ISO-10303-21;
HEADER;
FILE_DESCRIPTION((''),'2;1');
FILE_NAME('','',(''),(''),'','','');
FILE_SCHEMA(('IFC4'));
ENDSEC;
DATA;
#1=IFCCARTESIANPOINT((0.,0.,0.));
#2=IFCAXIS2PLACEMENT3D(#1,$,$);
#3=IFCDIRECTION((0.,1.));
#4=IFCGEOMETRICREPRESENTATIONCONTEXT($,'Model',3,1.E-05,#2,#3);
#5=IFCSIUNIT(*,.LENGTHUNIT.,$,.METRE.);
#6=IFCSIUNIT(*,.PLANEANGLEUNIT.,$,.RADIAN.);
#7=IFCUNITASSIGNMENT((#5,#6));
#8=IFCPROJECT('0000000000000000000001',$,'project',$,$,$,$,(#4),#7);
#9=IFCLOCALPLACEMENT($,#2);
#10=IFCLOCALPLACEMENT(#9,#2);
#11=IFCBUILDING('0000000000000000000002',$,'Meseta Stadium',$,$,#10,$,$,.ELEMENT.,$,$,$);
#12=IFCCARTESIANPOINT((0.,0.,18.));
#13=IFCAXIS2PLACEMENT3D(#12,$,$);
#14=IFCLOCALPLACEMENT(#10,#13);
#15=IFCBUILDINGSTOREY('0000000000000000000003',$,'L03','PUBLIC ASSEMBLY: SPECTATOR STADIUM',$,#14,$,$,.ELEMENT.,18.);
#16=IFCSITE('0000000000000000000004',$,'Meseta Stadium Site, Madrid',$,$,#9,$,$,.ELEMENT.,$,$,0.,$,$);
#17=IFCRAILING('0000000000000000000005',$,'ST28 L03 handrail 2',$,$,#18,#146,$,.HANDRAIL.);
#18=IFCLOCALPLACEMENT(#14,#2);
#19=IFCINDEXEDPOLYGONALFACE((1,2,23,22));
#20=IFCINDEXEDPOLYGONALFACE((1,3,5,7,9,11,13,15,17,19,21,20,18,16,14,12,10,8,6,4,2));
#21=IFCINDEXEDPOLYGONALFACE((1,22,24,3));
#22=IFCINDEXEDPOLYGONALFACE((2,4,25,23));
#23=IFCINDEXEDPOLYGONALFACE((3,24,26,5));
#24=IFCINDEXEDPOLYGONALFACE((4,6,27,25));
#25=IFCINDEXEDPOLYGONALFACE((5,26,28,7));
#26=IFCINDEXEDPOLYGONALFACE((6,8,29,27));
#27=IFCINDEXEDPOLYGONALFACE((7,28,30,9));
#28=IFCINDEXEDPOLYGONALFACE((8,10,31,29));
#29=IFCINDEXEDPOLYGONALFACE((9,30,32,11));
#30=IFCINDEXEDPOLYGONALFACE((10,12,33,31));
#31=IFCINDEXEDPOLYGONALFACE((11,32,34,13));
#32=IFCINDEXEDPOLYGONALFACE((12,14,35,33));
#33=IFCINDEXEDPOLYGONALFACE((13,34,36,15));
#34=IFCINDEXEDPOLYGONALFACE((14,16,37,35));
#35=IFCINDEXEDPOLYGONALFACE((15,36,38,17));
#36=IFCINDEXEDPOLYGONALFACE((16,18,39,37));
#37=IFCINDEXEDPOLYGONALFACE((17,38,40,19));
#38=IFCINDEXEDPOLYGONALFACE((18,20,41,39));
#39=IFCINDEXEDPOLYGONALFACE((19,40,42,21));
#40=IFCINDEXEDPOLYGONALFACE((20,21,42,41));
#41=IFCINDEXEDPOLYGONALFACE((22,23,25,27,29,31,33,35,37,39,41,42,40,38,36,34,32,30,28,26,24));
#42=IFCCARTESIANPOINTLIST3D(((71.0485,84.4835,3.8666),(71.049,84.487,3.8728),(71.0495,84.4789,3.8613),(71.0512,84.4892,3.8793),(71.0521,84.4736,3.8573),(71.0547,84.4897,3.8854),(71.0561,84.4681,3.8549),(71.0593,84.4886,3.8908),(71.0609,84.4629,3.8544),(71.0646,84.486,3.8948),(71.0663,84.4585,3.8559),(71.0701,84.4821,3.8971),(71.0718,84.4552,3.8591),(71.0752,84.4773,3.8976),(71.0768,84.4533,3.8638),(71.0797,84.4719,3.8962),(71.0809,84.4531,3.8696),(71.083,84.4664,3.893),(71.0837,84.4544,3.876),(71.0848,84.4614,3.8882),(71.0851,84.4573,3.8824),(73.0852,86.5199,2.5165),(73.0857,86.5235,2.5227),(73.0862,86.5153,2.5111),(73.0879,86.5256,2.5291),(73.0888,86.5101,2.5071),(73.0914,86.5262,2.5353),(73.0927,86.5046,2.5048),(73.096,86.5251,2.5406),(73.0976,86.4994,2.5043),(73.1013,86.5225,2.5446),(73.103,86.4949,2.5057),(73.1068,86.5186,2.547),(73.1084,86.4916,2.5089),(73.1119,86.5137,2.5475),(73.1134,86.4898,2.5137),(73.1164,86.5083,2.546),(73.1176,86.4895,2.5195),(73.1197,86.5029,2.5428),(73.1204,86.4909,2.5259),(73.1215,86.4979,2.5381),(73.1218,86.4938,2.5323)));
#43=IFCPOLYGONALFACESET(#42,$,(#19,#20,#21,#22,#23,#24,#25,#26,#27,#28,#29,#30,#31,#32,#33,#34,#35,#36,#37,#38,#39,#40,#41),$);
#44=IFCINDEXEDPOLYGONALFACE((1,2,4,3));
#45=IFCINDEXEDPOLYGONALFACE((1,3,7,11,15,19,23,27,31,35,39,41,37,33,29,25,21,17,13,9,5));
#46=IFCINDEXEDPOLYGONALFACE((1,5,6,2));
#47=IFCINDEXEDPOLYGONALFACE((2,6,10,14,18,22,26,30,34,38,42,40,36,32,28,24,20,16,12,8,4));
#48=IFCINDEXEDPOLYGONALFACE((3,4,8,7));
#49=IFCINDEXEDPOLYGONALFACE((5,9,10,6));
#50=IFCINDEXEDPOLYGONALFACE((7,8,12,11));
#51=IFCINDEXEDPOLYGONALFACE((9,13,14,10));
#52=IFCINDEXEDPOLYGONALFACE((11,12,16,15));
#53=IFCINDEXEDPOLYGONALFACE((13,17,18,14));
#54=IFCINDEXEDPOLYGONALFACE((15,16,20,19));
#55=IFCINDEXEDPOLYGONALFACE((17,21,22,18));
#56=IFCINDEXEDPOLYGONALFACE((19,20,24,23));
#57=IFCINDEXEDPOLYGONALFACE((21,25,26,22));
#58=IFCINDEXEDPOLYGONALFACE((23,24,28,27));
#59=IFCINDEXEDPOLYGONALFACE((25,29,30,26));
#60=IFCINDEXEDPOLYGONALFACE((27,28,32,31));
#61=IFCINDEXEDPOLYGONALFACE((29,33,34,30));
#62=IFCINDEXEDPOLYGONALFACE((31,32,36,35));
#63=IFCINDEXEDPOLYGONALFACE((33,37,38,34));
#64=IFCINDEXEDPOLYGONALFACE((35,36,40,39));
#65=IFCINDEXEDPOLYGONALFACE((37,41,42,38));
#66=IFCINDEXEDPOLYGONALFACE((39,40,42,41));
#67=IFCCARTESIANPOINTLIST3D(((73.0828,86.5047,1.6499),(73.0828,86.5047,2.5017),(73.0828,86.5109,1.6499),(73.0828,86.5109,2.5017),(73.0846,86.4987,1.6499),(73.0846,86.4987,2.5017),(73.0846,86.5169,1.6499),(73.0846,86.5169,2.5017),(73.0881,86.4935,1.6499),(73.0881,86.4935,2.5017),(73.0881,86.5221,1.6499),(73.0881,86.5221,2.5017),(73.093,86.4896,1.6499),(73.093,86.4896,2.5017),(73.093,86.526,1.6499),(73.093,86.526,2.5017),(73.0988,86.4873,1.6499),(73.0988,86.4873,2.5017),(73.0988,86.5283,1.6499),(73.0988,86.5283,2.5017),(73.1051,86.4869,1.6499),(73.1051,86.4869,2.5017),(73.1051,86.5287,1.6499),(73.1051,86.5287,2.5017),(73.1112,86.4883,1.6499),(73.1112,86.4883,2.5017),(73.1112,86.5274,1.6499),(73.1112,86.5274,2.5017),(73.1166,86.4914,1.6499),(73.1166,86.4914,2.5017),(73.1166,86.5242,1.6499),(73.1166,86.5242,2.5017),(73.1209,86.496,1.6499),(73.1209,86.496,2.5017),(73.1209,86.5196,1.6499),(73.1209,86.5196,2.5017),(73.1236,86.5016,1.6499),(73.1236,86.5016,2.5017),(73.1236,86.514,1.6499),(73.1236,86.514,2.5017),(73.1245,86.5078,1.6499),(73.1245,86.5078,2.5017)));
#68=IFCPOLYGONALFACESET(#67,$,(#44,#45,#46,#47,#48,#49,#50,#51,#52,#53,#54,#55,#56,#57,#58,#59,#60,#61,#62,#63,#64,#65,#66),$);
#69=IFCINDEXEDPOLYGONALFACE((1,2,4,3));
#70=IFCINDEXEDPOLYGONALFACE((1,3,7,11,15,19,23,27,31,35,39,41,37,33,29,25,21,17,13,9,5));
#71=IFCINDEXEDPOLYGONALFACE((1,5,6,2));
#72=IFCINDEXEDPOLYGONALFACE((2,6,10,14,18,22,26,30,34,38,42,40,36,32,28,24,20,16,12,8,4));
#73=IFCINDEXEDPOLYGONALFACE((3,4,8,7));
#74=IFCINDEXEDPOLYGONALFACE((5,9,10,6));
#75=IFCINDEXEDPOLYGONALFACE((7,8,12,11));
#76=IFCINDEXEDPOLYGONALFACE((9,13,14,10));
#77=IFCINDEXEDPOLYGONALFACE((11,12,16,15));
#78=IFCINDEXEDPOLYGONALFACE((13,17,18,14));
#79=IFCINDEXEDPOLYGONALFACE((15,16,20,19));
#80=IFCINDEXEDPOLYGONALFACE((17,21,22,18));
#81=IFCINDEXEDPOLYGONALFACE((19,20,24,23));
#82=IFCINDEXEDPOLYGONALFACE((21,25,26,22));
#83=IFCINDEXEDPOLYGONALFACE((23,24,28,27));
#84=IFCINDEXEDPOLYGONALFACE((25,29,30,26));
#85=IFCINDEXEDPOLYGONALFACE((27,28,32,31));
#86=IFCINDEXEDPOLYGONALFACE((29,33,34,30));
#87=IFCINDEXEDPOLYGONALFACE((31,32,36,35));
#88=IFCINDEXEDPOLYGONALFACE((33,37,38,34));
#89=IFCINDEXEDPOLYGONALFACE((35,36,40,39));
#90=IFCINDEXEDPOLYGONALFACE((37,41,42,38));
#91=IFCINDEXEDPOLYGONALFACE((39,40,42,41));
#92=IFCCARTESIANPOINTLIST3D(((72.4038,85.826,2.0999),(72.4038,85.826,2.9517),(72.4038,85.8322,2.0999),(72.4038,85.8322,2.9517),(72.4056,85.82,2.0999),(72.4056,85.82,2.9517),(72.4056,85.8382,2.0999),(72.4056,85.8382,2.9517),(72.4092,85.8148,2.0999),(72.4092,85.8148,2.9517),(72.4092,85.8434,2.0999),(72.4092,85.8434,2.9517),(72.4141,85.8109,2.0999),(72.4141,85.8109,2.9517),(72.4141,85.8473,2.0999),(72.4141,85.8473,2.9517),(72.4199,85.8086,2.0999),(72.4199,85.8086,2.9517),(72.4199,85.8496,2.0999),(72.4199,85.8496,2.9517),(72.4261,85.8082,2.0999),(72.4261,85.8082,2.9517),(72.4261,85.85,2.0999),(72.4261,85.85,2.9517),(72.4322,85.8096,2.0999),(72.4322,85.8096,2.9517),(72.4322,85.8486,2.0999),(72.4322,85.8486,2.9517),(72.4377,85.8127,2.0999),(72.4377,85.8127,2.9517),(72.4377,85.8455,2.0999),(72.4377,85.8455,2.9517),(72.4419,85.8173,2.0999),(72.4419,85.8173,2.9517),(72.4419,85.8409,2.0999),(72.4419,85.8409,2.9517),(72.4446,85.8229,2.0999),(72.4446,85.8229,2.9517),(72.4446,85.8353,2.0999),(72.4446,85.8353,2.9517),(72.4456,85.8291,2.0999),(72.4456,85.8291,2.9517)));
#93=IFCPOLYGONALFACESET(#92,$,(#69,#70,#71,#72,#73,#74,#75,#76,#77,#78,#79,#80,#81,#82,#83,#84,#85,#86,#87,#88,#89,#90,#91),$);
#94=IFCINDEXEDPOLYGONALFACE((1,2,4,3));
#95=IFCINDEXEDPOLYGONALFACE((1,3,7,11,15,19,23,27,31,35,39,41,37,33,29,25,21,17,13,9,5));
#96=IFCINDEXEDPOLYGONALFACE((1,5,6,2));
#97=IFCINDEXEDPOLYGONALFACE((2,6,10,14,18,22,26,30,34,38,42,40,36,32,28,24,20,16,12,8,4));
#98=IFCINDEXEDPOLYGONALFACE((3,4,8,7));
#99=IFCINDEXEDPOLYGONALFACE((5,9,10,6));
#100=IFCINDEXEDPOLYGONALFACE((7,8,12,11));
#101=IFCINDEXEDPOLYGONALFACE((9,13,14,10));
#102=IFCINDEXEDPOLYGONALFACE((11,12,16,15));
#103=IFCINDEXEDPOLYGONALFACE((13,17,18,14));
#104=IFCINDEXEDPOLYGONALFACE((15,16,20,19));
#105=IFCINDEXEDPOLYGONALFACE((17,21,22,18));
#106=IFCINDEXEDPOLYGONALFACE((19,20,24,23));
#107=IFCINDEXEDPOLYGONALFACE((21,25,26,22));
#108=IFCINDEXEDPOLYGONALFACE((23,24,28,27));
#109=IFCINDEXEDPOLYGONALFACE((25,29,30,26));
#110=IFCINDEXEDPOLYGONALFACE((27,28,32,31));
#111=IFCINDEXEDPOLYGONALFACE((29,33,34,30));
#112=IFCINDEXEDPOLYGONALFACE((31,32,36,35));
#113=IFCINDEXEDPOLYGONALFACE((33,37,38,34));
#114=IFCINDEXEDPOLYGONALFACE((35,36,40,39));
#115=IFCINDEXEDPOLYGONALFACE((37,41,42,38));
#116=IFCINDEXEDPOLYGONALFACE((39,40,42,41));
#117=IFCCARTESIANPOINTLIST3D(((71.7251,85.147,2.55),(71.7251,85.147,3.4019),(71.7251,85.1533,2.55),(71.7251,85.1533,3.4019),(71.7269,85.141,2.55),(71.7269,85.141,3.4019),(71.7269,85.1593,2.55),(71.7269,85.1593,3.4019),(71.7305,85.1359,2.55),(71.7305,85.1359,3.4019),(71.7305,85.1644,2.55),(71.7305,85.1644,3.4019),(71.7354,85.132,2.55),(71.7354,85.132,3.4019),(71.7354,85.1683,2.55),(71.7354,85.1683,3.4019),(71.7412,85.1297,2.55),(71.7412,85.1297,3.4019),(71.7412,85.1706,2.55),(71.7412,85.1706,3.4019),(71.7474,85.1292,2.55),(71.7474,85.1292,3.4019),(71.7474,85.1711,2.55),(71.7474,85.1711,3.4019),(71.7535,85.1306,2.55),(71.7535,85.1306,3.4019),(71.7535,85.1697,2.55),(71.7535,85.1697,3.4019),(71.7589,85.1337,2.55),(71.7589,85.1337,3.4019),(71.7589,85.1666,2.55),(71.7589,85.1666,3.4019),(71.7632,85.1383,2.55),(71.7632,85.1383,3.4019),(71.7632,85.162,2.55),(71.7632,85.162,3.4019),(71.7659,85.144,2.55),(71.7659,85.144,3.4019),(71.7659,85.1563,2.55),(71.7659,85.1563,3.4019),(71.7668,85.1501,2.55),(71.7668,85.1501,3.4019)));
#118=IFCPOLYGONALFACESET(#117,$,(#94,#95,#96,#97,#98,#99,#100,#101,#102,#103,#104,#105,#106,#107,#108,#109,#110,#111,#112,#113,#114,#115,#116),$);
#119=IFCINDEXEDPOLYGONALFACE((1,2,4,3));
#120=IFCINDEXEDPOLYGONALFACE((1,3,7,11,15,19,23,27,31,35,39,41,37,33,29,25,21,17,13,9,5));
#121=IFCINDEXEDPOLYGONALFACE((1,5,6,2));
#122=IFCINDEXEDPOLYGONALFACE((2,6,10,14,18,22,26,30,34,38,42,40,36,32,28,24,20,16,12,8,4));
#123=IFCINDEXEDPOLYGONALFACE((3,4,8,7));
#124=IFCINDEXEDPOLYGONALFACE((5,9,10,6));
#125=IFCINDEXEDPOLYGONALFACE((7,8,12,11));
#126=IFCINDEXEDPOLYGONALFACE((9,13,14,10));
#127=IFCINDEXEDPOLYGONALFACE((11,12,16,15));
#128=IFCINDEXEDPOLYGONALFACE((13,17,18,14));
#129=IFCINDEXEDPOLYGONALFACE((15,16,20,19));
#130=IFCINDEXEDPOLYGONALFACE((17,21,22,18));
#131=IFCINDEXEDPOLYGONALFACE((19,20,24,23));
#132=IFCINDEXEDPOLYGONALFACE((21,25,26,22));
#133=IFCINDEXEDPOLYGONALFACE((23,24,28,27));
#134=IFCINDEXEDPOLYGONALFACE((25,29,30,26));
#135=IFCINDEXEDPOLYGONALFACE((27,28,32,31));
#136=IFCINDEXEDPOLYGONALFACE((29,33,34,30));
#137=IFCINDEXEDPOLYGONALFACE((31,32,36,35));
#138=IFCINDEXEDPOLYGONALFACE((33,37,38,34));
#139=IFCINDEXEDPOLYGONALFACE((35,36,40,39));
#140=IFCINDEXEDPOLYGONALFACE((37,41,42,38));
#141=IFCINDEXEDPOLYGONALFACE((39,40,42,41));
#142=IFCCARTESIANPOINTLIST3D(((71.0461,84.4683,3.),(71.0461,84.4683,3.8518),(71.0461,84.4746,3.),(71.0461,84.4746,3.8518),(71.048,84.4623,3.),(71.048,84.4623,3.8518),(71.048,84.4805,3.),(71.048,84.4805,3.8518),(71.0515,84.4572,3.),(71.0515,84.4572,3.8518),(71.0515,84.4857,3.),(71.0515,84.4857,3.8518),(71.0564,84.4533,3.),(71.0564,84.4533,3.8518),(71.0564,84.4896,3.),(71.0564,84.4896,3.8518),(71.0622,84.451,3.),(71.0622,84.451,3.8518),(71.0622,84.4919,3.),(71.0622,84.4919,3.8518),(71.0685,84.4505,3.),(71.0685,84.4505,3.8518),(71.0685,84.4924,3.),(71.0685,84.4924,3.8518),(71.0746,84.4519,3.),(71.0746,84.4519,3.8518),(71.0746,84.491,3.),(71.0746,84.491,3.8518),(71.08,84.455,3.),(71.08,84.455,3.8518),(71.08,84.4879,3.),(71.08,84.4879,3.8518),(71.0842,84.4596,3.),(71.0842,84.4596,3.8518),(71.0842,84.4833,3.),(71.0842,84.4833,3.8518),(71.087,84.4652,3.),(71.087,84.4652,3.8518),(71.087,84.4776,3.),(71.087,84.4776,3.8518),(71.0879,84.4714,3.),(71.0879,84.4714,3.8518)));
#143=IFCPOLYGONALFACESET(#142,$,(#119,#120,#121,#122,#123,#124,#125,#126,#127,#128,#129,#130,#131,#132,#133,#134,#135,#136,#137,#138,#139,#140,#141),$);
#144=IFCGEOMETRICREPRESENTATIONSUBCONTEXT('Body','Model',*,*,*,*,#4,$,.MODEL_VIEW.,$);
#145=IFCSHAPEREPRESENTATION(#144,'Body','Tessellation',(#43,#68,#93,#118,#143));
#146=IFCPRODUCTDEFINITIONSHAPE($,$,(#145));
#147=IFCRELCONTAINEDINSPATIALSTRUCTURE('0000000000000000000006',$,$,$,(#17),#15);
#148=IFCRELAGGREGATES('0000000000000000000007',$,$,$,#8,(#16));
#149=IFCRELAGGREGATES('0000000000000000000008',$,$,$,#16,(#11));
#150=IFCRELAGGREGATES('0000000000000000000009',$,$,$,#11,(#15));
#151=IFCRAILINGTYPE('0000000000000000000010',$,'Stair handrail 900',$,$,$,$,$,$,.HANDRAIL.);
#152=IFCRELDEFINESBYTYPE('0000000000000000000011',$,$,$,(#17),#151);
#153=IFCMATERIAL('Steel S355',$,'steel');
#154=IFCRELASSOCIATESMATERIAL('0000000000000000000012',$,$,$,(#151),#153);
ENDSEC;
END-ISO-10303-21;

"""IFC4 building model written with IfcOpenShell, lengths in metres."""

from ifc_helpers import new_model, si_unit, direction, frame, origin, origin_2d, place, context, subcontext, project, spatial, circle, extrude, material, type_object, element, save


model = new_model("IFC4")

# Units and contexts
model_context = context("Model", 3, precision=1e-05, world=origin(), true_north=direction((0.0, 1.0)))
body_context = subcontext(model_context, "Body", "Model", "MODEL_VIEW")
ifc_project = project(units=[si_unit("LENGTHUNIT", "METRE"), si_unit("PLANEANGLEUNIT", "RADIAN")], contexts=[model_context])

# Site, building, storey
site_placement = place(None, origin())
site = spatial("IfcSite", under=ifc_project, at=site_placement, Name="Meseta Stadium Site, Madrid", CompositionType="ELEMENT", RefElevation=0.0)
building_placement = place(site_placement, origin())
building = spatial("IfcBuilding", under=site, at=building_placement, Name="Meseta Stadium", CompositionType="ELEMENT")
storey_placement = place(building_placement, frame((0.0, 0.0, 18.0)))
storey = spatial("IfcBuildingStorey", under=building, at=storey_placement, Name="L03", Description="PUBLIC ASSEMBLY: SPECTATOR STADIUM", CompositionType="ELEMENT", Elevation=18.0)

# Railing
ifc_material_1 = material(Name="Steel S355", Category="steel")
railing_type_1 = type_object("IfcRailingType", Name="Stair handrail 900", PredefinedType="HANDRAIL", material=ifc_material_1)
railing_1_placement = place(storey_placement, frame((73.1035, 86.5078, 1.6499)))
element("IfcRailing", 1, at=railing_1_placement, inside=storey, type_object=railing_type_1, Name="ST28 L03 handrail 2", PredefinedType="HANDRAIL", context=body_context, shape_type="SweptSolid", body=[
    extrude(circle(Radius=0.0239, at=origin_2d()), frame((0.0, 0.0, 0.876), z_axis=(-0.640288, -0.640211, 0.424454), x_axis=(0.707064, -0.707149, 0.0)), (0.0, 0.0, 1.0), 3.1809),
    extrude(circle(Radius=0.021, at=origin_2d()), origin(), (0.0, 0.0, 1.0), 0.8518),
    extrude(circle(Radius=0.021, at=origin_2d()), frame((-0.679, -0.6787, 0.45)), (0.0, 0.0, 1.0), 0.8518),
    extrude(circle(Radius=0.021, at=origin_2d()), frame((-1.3577, -1.3577, 0.9001)), (0.0, 0.0, 1.0), 0.8518),
    extrude(circle(Radius=0.021, at=origin_2d()), frame((-2.0366, -2.0364, 1.3501)), (0.0, 0.0, 1.0), 0.8518),
])

save(model, "model.ifc")
